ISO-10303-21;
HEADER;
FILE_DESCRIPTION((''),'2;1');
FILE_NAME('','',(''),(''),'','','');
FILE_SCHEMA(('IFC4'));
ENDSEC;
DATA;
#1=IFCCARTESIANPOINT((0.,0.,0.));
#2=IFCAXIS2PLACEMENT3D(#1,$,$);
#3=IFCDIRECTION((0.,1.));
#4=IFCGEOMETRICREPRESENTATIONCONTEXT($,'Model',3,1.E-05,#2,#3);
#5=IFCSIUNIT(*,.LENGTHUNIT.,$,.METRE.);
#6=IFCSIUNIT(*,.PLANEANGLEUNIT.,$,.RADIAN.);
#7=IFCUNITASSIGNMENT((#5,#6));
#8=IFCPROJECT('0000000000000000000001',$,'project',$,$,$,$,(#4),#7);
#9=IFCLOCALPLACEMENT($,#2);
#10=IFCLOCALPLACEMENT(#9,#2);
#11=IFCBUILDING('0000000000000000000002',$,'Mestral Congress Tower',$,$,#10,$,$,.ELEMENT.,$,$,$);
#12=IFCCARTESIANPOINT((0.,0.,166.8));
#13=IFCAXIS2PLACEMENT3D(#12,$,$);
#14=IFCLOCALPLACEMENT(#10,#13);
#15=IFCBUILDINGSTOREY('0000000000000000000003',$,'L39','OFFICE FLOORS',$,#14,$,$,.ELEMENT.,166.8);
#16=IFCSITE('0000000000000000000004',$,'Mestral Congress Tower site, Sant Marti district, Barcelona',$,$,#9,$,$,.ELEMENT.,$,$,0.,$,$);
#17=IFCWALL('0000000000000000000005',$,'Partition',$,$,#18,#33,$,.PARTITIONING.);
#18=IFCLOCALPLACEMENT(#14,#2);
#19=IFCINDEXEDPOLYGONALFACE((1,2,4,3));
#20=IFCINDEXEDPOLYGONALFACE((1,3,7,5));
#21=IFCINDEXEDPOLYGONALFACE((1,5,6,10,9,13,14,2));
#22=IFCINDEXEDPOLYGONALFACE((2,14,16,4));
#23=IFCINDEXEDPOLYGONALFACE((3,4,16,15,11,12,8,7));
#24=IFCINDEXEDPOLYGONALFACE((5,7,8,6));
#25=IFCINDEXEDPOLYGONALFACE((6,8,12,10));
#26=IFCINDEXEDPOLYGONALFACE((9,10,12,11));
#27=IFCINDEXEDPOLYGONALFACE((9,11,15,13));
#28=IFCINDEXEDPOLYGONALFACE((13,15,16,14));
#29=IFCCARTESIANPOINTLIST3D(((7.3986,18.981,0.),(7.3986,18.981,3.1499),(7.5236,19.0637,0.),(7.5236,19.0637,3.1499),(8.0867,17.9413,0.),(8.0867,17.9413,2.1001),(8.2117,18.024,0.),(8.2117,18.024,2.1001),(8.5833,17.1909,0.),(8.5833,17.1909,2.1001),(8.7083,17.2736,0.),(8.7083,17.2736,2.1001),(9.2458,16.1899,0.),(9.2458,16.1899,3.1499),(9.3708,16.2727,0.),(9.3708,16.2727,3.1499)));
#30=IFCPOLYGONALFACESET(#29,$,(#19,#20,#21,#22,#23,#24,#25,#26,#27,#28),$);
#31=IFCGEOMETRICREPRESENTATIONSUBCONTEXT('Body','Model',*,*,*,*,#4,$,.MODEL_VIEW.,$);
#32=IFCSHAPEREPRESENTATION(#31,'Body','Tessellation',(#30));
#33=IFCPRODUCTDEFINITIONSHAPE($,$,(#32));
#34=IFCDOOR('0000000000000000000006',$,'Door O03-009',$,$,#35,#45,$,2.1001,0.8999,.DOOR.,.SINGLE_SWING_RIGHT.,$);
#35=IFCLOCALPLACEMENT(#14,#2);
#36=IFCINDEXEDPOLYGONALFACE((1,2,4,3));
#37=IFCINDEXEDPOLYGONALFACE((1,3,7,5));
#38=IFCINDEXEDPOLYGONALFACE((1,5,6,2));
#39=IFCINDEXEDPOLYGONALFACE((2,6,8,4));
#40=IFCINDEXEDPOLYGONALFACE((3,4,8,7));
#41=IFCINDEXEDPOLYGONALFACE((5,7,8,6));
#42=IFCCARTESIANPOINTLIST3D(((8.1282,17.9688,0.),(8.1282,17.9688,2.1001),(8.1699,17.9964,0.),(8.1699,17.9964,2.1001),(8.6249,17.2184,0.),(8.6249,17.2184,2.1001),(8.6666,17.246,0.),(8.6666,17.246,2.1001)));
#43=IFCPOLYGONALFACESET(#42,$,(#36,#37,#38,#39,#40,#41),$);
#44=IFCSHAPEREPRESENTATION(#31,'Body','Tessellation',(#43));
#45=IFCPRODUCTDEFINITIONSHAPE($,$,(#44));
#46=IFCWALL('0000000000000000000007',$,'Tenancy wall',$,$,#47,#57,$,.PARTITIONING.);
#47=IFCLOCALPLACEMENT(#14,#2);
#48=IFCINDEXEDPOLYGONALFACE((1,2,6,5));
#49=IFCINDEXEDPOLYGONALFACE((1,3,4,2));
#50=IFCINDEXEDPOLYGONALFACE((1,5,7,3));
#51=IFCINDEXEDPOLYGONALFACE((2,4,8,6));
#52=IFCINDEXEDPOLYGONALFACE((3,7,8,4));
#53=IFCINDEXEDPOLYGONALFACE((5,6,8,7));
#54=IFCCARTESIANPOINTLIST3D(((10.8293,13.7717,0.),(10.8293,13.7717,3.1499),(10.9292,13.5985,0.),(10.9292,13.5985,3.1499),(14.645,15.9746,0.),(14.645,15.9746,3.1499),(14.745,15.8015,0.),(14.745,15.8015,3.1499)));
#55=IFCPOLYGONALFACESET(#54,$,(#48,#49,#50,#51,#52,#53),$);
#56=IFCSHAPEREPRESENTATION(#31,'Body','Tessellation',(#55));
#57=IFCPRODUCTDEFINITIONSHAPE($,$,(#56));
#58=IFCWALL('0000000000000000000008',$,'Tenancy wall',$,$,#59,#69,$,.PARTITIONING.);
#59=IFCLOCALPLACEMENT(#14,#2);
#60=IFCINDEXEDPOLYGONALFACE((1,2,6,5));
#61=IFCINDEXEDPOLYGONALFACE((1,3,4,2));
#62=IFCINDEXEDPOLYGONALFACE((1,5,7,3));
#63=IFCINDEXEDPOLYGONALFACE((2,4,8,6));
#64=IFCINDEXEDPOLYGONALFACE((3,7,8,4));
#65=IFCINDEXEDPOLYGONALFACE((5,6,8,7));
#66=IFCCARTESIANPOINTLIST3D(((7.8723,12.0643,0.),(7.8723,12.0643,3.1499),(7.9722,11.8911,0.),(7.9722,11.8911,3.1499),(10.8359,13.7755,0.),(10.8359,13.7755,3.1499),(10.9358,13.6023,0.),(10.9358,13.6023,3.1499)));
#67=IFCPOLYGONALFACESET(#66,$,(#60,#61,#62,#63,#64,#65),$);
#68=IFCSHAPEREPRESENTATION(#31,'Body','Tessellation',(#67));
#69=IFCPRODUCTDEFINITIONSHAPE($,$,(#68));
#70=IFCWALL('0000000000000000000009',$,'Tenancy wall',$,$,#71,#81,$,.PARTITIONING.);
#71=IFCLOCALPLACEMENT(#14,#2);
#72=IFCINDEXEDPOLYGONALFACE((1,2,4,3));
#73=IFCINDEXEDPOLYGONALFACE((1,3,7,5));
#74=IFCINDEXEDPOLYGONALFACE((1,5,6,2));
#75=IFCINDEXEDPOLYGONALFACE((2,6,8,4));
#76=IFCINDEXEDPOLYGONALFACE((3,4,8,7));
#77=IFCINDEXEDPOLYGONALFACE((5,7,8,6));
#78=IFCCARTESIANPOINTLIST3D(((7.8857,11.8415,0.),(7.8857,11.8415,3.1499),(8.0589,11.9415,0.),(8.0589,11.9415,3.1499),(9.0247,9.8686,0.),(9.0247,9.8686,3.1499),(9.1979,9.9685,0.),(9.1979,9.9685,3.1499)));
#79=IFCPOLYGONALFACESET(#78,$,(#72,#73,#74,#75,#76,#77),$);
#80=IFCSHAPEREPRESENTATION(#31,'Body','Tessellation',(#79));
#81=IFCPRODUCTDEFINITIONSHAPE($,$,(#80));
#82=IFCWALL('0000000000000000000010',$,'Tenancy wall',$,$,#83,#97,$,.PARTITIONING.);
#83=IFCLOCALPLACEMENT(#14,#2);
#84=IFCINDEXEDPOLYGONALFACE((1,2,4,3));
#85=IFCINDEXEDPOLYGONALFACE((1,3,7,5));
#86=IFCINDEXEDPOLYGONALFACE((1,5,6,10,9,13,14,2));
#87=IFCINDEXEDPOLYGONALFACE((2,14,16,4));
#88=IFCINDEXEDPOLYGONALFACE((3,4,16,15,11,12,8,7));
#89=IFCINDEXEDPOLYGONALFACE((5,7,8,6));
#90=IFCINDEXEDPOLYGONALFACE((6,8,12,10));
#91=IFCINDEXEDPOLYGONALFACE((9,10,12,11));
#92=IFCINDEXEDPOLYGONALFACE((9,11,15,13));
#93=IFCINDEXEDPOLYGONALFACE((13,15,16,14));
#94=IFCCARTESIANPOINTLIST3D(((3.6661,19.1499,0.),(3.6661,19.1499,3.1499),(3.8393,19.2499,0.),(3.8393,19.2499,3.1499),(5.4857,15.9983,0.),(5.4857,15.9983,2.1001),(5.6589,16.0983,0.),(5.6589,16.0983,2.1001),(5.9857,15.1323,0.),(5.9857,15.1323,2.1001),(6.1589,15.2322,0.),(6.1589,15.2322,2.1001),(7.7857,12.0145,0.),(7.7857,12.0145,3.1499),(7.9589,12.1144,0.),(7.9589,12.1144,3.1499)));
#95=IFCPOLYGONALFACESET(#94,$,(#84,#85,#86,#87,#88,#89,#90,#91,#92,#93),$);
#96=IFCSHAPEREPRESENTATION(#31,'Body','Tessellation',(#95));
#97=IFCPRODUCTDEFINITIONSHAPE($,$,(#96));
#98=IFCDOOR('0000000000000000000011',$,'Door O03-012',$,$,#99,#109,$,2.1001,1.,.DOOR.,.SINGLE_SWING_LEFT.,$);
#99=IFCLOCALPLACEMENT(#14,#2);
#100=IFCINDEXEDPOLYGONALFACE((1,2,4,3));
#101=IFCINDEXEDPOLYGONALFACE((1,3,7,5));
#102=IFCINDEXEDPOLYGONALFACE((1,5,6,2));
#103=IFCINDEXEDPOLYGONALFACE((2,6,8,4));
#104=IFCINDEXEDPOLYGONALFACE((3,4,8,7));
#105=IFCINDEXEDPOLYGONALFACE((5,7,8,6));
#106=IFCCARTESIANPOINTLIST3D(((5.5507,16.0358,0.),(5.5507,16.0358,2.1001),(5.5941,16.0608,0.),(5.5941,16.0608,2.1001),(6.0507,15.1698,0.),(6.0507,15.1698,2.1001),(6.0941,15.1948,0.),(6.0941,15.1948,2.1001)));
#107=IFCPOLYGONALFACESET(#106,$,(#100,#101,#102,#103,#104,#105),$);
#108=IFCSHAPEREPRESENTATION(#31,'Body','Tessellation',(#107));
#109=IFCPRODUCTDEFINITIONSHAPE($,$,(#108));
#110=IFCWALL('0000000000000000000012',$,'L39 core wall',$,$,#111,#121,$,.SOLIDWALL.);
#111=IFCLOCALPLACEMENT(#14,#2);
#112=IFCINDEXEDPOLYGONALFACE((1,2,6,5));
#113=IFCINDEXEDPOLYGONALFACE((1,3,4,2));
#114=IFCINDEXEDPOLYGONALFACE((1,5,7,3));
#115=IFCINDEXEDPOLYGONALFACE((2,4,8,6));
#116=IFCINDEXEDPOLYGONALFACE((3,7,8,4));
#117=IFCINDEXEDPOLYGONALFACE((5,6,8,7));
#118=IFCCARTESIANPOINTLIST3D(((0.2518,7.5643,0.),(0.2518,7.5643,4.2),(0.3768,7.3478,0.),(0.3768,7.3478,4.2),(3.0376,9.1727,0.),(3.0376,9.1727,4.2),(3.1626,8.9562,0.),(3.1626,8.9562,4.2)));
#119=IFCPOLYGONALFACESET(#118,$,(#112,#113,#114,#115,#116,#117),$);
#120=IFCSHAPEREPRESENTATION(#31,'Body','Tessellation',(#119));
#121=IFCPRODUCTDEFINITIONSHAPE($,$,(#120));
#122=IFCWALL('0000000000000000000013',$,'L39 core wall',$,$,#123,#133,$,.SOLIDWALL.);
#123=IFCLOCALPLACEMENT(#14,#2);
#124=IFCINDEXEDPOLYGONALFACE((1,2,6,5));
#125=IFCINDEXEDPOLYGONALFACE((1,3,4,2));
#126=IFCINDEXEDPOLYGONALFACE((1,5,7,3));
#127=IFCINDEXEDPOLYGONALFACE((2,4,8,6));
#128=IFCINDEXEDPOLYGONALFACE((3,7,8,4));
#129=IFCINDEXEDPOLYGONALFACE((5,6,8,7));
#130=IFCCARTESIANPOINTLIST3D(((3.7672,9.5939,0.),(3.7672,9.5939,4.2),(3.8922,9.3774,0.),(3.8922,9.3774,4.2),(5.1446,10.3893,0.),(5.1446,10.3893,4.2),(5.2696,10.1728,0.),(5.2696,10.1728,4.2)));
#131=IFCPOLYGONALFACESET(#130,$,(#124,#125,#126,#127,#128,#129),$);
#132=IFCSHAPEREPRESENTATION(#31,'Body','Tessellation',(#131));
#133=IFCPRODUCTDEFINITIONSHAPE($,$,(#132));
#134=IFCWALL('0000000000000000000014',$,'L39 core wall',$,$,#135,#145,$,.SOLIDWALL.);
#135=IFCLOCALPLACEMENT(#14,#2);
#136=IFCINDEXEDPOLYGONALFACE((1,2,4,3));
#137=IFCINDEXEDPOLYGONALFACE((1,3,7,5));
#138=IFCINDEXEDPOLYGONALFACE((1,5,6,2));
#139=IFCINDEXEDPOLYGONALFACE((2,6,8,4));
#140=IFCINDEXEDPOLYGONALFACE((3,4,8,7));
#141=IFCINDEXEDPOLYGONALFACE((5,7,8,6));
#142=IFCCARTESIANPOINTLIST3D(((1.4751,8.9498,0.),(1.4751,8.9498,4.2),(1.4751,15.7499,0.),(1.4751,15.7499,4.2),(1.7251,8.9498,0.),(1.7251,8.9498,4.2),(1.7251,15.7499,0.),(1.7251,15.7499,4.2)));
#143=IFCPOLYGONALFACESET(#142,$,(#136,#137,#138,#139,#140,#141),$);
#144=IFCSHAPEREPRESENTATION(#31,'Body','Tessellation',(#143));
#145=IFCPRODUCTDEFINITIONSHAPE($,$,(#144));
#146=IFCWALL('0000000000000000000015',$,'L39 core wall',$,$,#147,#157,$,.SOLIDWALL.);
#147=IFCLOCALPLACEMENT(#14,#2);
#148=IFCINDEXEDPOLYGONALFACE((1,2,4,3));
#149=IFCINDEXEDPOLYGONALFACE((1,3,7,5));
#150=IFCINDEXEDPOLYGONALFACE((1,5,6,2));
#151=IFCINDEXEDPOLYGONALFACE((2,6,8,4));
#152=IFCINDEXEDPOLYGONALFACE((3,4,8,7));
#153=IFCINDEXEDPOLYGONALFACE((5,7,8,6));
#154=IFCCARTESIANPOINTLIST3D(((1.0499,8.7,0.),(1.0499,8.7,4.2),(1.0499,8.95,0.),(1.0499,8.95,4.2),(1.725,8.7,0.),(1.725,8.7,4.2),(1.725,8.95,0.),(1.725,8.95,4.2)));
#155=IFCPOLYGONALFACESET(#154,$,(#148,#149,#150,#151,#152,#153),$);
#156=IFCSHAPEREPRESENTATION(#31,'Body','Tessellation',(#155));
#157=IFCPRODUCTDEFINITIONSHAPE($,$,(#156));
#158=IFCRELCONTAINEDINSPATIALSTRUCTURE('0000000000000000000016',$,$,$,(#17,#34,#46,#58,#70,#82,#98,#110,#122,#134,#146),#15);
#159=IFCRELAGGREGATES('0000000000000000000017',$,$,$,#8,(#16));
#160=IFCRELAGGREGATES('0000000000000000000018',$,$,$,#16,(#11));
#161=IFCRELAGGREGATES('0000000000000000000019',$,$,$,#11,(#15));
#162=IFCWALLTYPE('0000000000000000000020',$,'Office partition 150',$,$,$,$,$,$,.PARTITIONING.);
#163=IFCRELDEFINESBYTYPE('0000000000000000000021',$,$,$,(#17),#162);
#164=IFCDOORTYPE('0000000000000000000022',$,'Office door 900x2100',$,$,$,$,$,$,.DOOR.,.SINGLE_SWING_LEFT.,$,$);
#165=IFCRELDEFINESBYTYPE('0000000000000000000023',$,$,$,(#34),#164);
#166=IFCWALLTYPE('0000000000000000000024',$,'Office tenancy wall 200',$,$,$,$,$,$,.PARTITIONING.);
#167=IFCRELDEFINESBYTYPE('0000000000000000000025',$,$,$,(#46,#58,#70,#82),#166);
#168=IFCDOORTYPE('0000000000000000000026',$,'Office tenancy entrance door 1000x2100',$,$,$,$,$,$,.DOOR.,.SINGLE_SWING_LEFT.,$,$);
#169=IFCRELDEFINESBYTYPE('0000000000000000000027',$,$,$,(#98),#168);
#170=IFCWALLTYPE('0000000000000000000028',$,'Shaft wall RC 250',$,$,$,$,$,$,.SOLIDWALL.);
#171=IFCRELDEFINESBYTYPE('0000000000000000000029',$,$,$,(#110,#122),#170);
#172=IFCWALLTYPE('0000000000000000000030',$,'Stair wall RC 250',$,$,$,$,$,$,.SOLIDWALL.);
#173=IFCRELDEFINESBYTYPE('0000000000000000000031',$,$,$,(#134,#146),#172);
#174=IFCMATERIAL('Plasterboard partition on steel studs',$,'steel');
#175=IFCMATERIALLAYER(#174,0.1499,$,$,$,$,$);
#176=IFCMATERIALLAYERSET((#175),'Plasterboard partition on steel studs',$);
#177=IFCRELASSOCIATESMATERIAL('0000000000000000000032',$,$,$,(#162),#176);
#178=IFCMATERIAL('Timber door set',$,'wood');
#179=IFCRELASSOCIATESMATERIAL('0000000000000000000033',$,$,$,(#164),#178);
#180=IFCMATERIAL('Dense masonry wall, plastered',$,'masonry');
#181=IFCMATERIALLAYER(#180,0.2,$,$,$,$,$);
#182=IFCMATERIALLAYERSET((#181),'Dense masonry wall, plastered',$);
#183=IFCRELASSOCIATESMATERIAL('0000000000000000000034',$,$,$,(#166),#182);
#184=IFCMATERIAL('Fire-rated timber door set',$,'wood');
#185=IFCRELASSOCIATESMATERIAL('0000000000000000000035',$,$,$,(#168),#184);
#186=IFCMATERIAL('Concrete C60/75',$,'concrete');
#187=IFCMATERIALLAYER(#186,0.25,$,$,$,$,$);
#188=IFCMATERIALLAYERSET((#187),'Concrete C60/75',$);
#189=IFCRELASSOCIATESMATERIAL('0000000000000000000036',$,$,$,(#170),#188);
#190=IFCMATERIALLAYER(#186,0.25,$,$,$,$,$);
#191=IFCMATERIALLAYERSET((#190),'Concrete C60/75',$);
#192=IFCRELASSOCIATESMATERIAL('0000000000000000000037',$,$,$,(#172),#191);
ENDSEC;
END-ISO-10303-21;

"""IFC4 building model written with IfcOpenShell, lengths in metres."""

from ifc_helpers import new_model, si_unit, direction, frame, frame_2d, origin, place, context, subcontext, project, spatial, rectangle, extrude, material, layer, layer_set, type_object, element, fill, save


model = new_model("IFC4")

# Units and contexts
model_context = context("Model", 3, precision=1e-05, world=origin(), true_north=direction((0.0, 1.0)))
body_context = subcontext(model_context, "Body", "Model", "MODEL_VIEW")
ifc_project = project(units=[si_unit("LENGTHUNIT", "METRE"), si_unit("PLANEANGLEUNIT", "RADIAN")], contexts=[model_context])

# Site, building, storey
site_placement = place(None, origin())
site = spatial("IfcSite", under=ifc_project, at=site_placement, Name="Mestral Congress Tower site, Sant Marti district, Barcelona", CompositionType="ELEMENT", RefElevation=0.0)
building_placement = place(site_placement, origin())
building = spatial("IfcBuilding", under=site, at=building_placement, Name="Mestral Congress Tower", CompositionType="ELEMENT")
storey_placement = place(building_placement, frame((0.0, 0.0, 166.8)))
storey = spatial("IfcBuildingStorey", under=building, at=storey_placement, Name="L39", Description="OFFICE FLOORS", CompositionType="ELEMENT", Elevation=166.8)

# Shared definitions
ifc_material_1 = material(Name="Concrete C60/75", Category="concrete")

# Shared definitions
ifc_material_2 = material(Name="Plasterboard partition on steel studs", Category="steel")
ifc_layer_1 = layer(ifc_material_2, 0.1499)
ifc_layer_set_1 = layer_set([ifc_layer_1], Name="Plasterboard partition on steel studs")
wall_type_1 = type_object("IfcWallType", Name="Office partition 150", PredefinedType="PARTITIONING", material=ifc_layer_set_1)

# Wall, opening, door
wall_1_placement = place(storey_placement, frame((7.4612, 19.0222, 0.0), z_axis=(0.0, 0.0, 1.0), x_axis=(0.551903, -0.833909, 0.0)))
wall_1 = element("IfcWall", 1, at=wall_1_placement, inside=storey, type_object=wall_type_1, Name="Partition", PredefinedType="PARTITIONING", context=body_context, shape_type="SweptSolid", body=[
    extrude(rectangle(XDim=3.3469, YDim=0.1499, at=frame_2d((1.6733, 0.0))), origin(), (0.0, 0.0, 1.0), 3.1499),
])
opening_1_placement = place(wall_1_placement, frame((1.2466, 0.0, 0.0)))
opening_1 = element("IfcOpeningElement", 2, at=opening_1_placement, cuts=wall_1, PredefinedType="OPENING", context=body_context, shape_type="SweptSolid", body=[
    extrude(rectangle(XDim=0.8999, YDim=2.1001, at=frame_2d((0.45, 1.05))), frame((0.0, 0.085, 0.0), z_axis=(0.0, -1.0, 0.0), x_axis=(1.0, 0.0, 0.0)), (0.0, 0.0, 1.0), 0.1699),
])
ifc_material_3 = material(Name="Timber door set", Category="wood")
door_type_1 = type_object("IfcDoorType", Name="Office door 900x2100", OperationType="SINGLE_SWING_LEFT", PredefinedType="DOOR", material=ifc_material_3)
door_1_placement = place(opening_1_placement, origin())
door_1 = element("IfcDoor", 3, at=door_1_placement, inside=storey, type_object=door_type_1, Name="Door O03-009", OperationType="SINGLE_SWING_RIGHT", OverallHeight=2.1001, OverallWidth=0.8999, PredefinedType="DOOR", context=body_context, shape_type="SweptSolid", body=[
    extrude(rectangle(XDim=0.8999, YDim=2.1001, at=frame_2d((0.45, 1.05))), frame((0.0, 0.0249, 0.0), z_axis=(0.0, -1.0, 0.0), x_axis=(1.0, 0.0, 0.0)), (0.0, 0.0, 1.0), 0.05),
])
fill(opening_1, door_1)

# Walls
ifc_material_4 = material(Name="Dense masonry wall, plastered", Category="masonry")
ifc_layer_2 = layer(ifc_material_4, 0.2)
ifc_layer_set_2 = layer_set([ifc_layer_2], Name="Dense masonry wall, plastered")
wall_type_2 = type_object("IfcWallType", Name="Office tenancy wall 200", PredefinedType="PARTITIONING", material=ifc_layer_set_2)
wall_2_placement = place(storey_placement, frame((10.8792, 13.6851, 0.0), z_axis=(0.0, 0.0, 1.0), x_axis=(0.866035, 0.499983, 0.0)))
element("IfcWall", 4, at=wall_2_placement, inside=storey, type_object=wall_type_2, Name="Tenancy wall", PredefinedType="PARTITIONING", context=body_context, shape_type="SweptSolid", body=[
    extrude(rectangle(XDim=4.406, YDim=0.2, at=frame_2d((2.2031, 0.0))), origin(), (0.0, 0.0, 1.0), 3.1499),
])
wall_3_placement = place(storey_placement, frame((7.9224, 11.9778, 0.0), z_axis=(0.0, 0.0, 1.0), x_axis=(0.866009, 0.500029, 0.0)))
element("IfcWall", 5, at=wall_3_placement, inside=storey, type_object=wall_type_2, Name="Tenancy wall", PredefinedType="PARTITIONING", context=body_context, shape_type="SweptSolid", body=[
    extrude(rectangle(XDim=3.4221, YDim=0.2, at=frame_2d((1.7109, 0.0))), origin(), (0.0, 0.0, 1.0), 3.1499),
])
wall_4_placement = place(storey_placement, frame((9.1113, 9.9185, 0.0), z_axis=(0.0, 0.0, 1.0), x_axis=(-0.499954, 0.866052, 0.0)))
element("IfcWall", 6, at=wall_4_placement, inside=storey, type_object=wall_type_2, Name="Tenancy wall", PredefinedType="PARTITIONING", context=body_context, shape_type="SweptSolid", body=[
    extrude(rectangle(XDim=2.2781, YDim=0.2, at=frame_2d((1.1392, 0.0))), origin(), (0.0, 0.0, 1.0), 3.1499),
])

# Wall, opening, door
wall_5_placement = place(storey_placement, frame((7.8723, 12.0645, 0.0), z_axis=(0.0, 0.0, 1.0), x_axis=(-0.499995, 0.866028, 0.0)))
wall_5 = element("IfcWall", 7, at=wall_5_placement, inside=storey, type_object=wall_type_2, Name="Tenancy wall", PredefinedType="PARTITIONING", context=body_context, shape_type="SweptSolid", body=[
    extrude(rectangle(XDim=8.2393, YDim=0.2, at=frame_2d((4.1196, 0.0))), origin(), (0.0, 0.0, 1.0), 3.1499),
])
opening_2_placement = place(wall_5_placement, frame((3.6001, 0.0, 0.0)))
opening_2 = element("IfcOpeningElement", 8, at=opening_2_placement, cuts=wall_5, PredefinedType="OPENING", context=body_context, shape_type="SweptSolid", body=[
    extrude(rectangle(XDim=1.0, YDim=2.1001, at=frame_2d((0.5, 1.05))), frame((0.0, 0.1099, 0.0), z_axis=(0.0, -1.0, 0.0), x_axis=(1.0, 0.0, 0.0)), (0.0, 0.0, 1.0), 0.22),
])
ifc_material_5 = material(Name="Fire-rated timber door set", Category="wood")
door_type_2 = type_object("IfcDoorType", Name="Office tenancy entrance door 1000x2100", OperationType="SINGLE_SWING_LEFT", PredefinedType="DOOR", material=ifc_material_5)
door_2_placement = place(opening_2_placement, origin())
door_2 = element("IfcDoor", 9, at=door_2_placement, inside=storey, type_object=door_type_2, Name="Door O03-012", OperationType="SINGLE_SWING_LEFT", OverallHeight=2.1001, OverallWidth=1.0, PredefinedType="DOOR", context=body_context, shape_type="SweptSolid", body=[
    extrude(rectangle(XDim=1.0, YDim=2.1001, at=frame_2d((0.5, 1.05))), frame((0.0, 0.0249, 0.0), z_axis=(0.0, -1.0, 0.0), x_axis=(1.0, 0.0, 0.0)), (0.0, 0.0, 1.0), 0.05),
])
fill(opening_2, door_2)

# Walls
ifc_layer_3 = layer(ifc_material_1, 0.25)
ifc_layer_set_3 = layer_set([ifc_layer_3], Name="Concrete C60/75")
wall_type_3 = type_object("IfcWallType", Name="Shaft wall RC 250", PredefinedType="SOLIDWALL", material=ifc_layer_set_3)
wall_6_placement = place(storey_placement, frame((3.1001, 9.0645, 0.0), z_axis=(0.0, 0.0, 1.0), x_axis=(-0.86603, -0.499992, 0.0)))
element("IfcWall", 10, at=wall_6_placement, inside=storey, type_object=wall_type_3, Name="L39 core wall", PredefinedType="SOLIDWALL", context=body_context, shape_type="SweptSolid", body=[
    extrude(rectangle(XDim=3.2168, YDim=0.25, at=frame_2d((1.6084, 0.0))), origin(), (0.0, 0.0, 1.0), 4.2),
])
wall_7_placement = place(storey_placement, frame((3.8296, 9.4856, 0.0), z_axis=(0.0, 0.0, 1.0), x_axis=(0.865986, 0.500068, 0.0)))
element("IfcWall", 11, at=wall_7_placement, inside=storey, type_object=wall_type_3, Name="L39 core wall", PredefinedType="SOLIDWALL", context=body_context, shape_type="SweptSolid", body=[
    extrude(rectangle(XDim=1.5906, YDim=0.25, at=frame_2d((0.7954, 0.0))), origin(), (0.0, 0.0, 1.0), 4.2),
])
ifc_layer_4 = layer(ifc_material_1, 0.25)
ifc_layer_set_4 = layer_set([ifc_layer_4], Name="Concrete C60/75")
wall_type_4 = type_object("IfcWallType", Name="Stair wall RC 250", PredefinedType="SOLIDWALL", material=ifc_layer_set_4)
wall_8_placement = place(storey_placement, frame((1.6001, 8.95, 0.0), z_axis=(0.0, 0.0, 1.0), x_axis=(0.0, 1.0, 0.0)))
element("IfcWall", 12, at=wall_8_placement, inside=storey, type_object=wall_type_4, Name="L39 core wall", PredefinedType="SOLIDWALL", context=body_context, shape_type="SweptSolid", body=[
    extrude(rectangle(XDim=6.8, YDim=0.25, at=frame_2d((3.3999, 0.0))), origin(), (0.0, 0.0, 1.0), 4.2),
])
wall_9_placement = place(storey_placement, frame((1.05, 8.825, 0.0), z_axis=(0.0, 0.0, 1.0), x_axis=(1.0, 0.0, 0.0)))
element("IfcWall", 13, at=wall_9_placement, inside=storey, type_object=wall_type_4, Name="L39 core wall", PredefinedType="SOLIDWALL", context=body_context, shape_type="SweptSolid", body=[
    extrude(rectangle(XDim=0.675, YDim=0.25, at=frame_2d((0.3374, 0.0))), origin(), (0.0, 0.0, 1.0), 4.2),
])

save(model, "model.ifc")
